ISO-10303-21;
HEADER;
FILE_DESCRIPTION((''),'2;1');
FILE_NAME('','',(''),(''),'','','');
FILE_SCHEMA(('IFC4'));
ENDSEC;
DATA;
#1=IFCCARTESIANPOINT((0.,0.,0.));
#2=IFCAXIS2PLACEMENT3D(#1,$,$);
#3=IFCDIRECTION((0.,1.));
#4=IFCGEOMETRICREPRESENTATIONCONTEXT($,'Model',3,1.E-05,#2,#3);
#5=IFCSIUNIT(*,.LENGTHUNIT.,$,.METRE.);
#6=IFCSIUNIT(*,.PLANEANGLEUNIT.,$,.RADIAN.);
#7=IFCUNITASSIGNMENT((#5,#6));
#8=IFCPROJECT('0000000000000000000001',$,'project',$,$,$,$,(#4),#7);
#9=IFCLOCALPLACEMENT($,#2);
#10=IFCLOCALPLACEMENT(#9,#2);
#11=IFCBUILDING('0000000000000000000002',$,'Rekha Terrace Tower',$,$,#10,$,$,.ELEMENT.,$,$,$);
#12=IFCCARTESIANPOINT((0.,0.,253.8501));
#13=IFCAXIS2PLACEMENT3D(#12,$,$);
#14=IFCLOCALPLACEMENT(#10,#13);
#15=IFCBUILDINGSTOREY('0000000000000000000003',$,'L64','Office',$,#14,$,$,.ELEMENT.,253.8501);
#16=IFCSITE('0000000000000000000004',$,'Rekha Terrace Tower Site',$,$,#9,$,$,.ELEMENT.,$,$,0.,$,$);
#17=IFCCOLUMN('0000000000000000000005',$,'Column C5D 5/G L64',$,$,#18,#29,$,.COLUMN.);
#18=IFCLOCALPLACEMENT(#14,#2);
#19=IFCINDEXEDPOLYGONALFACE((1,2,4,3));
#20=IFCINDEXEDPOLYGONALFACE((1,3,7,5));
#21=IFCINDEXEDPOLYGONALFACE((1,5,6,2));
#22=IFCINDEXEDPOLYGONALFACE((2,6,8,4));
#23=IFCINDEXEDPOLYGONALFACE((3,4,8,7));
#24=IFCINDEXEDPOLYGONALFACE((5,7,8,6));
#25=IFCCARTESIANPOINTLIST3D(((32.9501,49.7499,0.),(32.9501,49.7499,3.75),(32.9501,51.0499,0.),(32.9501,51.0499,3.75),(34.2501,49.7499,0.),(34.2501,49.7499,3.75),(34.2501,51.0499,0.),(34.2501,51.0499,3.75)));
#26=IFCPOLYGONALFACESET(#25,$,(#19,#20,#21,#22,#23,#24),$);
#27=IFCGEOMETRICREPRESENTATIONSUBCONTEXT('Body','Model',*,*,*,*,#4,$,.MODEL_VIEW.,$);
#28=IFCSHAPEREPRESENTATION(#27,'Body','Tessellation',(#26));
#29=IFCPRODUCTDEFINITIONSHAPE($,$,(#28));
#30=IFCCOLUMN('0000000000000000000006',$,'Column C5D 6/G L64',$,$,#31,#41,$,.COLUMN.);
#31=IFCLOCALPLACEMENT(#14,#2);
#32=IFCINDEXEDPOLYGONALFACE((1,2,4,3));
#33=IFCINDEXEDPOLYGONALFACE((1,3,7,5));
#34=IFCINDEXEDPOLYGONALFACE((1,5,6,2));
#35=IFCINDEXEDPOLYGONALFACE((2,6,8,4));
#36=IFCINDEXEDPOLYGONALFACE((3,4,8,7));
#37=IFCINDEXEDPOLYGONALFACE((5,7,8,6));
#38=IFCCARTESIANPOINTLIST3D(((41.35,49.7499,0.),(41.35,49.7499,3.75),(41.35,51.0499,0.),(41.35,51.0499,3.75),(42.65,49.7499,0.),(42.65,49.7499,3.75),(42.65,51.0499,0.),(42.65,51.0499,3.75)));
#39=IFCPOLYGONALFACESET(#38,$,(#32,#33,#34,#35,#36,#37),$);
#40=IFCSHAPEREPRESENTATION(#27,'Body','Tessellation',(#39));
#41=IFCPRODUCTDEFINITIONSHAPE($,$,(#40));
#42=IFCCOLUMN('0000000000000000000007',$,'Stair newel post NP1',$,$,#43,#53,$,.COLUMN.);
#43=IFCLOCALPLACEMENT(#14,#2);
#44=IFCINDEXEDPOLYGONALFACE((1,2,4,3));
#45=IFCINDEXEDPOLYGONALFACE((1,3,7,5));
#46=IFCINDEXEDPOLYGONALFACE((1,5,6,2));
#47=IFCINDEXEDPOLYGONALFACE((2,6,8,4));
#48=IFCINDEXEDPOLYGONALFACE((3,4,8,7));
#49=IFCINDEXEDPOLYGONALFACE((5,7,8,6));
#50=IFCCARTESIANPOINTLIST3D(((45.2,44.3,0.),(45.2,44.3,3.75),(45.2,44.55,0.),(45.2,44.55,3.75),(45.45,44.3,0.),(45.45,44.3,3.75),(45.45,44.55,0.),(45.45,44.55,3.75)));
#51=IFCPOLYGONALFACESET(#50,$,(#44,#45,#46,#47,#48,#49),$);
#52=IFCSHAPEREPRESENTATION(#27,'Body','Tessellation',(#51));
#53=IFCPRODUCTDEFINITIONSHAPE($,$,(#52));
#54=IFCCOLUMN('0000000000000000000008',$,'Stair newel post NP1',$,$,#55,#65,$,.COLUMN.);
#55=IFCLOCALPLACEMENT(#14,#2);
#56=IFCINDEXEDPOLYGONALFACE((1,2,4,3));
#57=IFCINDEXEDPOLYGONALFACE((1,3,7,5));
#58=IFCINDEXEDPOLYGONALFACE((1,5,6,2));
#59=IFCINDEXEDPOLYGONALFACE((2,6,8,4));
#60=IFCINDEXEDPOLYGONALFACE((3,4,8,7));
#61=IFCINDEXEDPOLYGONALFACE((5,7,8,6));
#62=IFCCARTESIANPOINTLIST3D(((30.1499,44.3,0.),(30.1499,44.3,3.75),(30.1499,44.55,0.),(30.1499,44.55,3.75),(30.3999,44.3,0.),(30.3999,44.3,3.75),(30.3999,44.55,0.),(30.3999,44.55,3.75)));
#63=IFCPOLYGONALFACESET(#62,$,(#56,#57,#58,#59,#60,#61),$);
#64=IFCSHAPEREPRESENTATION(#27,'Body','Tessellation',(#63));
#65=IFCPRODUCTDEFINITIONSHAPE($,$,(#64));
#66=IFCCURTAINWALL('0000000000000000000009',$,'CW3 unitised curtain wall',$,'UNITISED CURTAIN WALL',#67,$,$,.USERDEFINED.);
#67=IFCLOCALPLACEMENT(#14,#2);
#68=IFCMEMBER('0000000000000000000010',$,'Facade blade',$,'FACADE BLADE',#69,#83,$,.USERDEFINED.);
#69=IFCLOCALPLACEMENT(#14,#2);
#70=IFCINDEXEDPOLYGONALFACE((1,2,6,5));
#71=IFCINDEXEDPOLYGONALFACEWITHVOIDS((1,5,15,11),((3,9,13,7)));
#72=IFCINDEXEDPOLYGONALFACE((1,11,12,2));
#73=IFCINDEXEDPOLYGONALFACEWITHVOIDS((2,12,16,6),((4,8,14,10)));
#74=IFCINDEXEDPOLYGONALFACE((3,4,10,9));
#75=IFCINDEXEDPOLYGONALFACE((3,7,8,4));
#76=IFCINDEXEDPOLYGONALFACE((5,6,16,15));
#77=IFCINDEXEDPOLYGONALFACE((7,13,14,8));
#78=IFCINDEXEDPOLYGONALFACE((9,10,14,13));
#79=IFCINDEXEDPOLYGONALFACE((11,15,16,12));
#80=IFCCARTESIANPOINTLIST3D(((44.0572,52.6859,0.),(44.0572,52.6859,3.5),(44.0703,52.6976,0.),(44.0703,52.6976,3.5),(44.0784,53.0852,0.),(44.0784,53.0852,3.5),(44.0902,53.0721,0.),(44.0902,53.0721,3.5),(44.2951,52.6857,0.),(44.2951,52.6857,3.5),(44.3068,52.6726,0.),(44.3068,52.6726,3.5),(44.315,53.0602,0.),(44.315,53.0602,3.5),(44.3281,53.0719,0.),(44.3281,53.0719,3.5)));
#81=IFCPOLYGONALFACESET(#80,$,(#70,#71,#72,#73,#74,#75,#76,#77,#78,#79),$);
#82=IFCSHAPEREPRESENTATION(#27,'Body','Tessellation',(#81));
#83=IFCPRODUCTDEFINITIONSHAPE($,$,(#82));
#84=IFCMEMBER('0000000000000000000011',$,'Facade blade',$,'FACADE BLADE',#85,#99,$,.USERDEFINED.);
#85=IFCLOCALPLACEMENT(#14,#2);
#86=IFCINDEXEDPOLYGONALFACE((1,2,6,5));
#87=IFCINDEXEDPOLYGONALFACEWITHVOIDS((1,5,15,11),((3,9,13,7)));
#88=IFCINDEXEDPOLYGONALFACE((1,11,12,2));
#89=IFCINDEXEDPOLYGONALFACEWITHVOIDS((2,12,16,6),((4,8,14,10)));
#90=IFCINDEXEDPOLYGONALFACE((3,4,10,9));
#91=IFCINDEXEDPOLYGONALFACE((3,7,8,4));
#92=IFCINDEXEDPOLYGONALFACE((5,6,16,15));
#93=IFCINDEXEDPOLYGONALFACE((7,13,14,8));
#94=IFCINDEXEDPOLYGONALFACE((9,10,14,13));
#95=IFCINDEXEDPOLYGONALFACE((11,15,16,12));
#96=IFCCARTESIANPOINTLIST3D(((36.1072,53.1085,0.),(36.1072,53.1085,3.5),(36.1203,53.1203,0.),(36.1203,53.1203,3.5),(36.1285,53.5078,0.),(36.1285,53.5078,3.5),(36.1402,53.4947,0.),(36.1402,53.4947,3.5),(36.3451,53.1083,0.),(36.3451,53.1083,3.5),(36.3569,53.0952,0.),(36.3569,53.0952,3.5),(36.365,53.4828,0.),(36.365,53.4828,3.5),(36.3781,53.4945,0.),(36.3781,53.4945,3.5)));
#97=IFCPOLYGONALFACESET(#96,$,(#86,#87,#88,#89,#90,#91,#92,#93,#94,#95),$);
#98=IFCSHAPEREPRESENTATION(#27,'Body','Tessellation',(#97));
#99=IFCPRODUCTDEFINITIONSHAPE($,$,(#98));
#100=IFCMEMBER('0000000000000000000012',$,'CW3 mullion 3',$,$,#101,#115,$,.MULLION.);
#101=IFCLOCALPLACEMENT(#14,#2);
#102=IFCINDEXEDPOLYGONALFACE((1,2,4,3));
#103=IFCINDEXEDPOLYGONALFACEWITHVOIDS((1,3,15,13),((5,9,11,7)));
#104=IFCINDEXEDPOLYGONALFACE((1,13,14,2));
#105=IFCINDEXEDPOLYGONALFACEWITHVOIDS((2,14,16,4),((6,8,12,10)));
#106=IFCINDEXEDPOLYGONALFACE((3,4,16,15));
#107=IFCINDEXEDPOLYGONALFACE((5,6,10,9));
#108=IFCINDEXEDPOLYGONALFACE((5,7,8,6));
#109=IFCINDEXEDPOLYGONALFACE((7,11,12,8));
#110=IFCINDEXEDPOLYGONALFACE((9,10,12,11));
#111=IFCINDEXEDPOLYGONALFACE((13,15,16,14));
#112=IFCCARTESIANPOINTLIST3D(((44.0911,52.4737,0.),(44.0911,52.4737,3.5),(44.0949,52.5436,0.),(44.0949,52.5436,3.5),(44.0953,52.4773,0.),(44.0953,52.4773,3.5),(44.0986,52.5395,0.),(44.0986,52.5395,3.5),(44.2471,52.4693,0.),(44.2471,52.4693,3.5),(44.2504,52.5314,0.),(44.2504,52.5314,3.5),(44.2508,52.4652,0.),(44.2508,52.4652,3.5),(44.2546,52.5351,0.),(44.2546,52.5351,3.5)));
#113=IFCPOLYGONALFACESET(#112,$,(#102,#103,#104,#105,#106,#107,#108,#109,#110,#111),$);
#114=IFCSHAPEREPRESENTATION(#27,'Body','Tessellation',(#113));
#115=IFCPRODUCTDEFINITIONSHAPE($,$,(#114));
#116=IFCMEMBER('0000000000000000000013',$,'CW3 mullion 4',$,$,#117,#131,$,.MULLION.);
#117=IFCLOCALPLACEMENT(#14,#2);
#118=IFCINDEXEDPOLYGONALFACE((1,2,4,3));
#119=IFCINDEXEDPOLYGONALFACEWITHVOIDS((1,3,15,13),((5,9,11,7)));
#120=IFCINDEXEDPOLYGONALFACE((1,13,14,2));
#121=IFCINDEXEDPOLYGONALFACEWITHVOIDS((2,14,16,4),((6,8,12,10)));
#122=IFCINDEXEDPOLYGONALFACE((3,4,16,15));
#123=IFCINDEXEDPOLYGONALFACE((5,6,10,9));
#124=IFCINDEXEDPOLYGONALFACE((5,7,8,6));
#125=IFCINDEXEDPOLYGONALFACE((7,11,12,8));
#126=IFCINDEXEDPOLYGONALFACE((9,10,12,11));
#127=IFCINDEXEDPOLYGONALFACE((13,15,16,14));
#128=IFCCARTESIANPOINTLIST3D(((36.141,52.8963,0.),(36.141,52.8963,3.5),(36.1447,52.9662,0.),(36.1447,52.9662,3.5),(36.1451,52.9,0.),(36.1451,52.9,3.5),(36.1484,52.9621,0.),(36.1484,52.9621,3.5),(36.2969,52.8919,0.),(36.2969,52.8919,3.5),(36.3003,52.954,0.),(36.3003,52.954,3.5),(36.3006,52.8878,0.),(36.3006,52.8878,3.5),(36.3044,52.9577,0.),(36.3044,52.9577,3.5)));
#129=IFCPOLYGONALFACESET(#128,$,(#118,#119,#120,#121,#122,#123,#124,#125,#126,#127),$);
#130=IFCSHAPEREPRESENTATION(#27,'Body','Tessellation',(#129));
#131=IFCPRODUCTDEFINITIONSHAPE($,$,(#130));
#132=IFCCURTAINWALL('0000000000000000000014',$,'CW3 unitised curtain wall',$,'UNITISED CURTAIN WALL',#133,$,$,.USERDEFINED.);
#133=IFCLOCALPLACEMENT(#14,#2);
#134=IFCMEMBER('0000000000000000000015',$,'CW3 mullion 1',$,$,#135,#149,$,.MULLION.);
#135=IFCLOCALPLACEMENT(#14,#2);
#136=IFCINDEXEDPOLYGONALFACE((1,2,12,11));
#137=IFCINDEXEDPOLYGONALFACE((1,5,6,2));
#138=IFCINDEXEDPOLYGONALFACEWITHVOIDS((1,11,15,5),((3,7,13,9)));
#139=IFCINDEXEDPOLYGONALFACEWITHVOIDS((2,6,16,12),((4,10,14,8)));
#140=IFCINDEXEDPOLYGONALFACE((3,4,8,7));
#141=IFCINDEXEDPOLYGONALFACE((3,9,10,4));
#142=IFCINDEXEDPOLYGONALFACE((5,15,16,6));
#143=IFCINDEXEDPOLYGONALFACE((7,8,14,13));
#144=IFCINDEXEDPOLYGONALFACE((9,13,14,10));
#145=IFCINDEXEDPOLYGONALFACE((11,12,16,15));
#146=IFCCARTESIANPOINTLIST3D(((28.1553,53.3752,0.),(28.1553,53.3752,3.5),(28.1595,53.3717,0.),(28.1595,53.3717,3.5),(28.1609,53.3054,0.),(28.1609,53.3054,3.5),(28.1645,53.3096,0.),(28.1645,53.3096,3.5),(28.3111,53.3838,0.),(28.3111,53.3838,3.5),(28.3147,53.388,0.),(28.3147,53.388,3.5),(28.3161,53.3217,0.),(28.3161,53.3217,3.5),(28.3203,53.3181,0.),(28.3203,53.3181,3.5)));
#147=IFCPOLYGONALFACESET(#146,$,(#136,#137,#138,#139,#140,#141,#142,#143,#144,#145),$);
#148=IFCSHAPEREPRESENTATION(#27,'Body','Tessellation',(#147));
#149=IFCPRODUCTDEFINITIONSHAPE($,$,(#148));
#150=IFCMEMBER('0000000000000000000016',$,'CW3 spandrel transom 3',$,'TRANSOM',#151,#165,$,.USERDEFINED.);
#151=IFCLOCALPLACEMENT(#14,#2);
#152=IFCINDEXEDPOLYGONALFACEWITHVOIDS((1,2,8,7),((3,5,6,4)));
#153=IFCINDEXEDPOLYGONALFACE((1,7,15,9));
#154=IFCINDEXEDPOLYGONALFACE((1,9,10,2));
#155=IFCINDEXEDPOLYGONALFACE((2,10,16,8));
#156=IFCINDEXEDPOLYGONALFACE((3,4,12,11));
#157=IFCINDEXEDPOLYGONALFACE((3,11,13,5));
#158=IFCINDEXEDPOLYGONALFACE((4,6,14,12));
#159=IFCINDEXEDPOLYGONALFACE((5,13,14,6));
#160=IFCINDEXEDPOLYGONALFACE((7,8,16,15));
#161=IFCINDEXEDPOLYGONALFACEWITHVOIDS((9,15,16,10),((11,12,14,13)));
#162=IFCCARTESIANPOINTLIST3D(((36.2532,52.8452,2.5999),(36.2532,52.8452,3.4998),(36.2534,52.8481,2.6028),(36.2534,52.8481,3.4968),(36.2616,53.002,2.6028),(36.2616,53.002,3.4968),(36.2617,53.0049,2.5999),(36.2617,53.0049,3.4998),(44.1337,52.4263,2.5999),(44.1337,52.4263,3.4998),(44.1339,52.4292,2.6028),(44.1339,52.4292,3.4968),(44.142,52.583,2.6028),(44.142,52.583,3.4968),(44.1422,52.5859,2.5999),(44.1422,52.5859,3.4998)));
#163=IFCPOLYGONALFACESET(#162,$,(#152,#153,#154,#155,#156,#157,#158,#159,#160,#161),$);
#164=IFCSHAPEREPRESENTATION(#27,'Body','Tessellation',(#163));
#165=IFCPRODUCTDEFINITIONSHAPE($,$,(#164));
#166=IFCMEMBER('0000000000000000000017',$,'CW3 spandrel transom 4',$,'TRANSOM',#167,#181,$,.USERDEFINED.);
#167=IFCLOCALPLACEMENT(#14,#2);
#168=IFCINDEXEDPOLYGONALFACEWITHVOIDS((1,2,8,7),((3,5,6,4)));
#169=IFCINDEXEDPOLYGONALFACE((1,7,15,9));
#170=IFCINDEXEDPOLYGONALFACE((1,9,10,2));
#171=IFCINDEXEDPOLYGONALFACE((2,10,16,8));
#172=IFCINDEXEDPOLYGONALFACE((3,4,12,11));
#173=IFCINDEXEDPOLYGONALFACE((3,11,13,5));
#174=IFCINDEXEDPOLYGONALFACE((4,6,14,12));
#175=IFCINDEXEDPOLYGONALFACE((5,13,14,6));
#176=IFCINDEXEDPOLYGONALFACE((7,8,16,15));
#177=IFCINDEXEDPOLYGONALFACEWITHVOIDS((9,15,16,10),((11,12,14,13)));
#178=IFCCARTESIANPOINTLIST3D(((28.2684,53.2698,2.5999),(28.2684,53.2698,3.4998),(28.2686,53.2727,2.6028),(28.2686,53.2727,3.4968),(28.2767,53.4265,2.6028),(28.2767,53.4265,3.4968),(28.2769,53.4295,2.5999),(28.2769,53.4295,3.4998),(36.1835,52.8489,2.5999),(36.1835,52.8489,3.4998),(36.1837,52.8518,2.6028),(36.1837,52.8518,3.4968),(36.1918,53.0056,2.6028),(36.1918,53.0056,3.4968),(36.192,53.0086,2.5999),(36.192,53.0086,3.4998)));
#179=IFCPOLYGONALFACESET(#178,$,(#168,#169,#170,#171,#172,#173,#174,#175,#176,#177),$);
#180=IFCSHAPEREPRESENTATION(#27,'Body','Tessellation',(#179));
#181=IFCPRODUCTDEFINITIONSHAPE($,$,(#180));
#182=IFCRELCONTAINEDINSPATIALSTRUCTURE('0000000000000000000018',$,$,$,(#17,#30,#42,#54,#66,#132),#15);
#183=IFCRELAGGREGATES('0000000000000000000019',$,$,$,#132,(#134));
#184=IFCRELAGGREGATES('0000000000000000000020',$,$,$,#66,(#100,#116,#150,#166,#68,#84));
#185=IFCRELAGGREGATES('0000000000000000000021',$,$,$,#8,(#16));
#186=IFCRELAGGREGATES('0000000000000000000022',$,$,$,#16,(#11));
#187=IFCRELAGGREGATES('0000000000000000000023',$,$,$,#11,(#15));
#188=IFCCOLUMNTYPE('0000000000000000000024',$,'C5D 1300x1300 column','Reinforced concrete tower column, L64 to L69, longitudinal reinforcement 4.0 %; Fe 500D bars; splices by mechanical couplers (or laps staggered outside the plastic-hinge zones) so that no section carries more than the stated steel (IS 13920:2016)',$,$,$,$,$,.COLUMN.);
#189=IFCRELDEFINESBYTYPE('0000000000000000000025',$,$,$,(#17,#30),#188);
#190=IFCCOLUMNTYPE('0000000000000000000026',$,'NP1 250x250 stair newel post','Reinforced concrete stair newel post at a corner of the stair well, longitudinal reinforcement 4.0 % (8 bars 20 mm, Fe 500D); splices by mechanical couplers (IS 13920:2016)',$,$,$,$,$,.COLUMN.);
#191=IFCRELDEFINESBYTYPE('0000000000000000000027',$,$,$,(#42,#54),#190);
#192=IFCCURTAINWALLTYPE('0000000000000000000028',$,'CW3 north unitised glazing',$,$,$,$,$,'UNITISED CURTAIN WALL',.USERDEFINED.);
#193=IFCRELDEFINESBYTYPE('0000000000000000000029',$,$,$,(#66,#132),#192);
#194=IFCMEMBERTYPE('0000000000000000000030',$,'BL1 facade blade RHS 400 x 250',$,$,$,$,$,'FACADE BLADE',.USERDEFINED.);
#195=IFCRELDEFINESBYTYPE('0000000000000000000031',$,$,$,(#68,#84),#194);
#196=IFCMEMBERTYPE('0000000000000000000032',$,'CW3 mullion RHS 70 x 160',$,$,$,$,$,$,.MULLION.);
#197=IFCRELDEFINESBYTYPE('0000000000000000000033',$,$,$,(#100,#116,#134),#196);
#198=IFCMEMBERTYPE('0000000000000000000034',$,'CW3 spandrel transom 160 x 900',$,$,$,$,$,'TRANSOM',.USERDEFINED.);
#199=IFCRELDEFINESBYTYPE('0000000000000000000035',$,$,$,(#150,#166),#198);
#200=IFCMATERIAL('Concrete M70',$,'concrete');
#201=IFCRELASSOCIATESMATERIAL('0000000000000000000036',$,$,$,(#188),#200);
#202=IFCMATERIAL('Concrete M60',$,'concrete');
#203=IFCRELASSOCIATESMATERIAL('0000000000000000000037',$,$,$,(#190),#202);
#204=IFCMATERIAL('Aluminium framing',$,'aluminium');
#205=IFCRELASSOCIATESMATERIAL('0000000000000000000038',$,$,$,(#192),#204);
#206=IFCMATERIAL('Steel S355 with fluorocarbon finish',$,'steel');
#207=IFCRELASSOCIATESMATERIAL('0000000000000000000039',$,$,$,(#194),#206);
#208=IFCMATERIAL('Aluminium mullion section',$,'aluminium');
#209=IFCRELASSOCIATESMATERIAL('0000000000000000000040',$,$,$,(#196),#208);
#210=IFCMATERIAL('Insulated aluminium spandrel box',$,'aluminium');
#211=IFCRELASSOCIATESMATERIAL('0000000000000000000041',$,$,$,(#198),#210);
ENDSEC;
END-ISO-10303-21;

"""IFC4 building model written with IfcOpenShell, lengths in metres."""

from ifc_helpers import new_model, si_unit, direction, frame, origin, origin_2d, place, context, subcontext, project, spatial, rectangle, hollow_rectangle, extrude, material, material_profile, profile_set, type_object, element, aggregate, save


model = new_model("IFC4")

# Units and contexts
model_context = context("Model", 3, precision=1e-05, world=origin(), true_north=direction((0.0, 1.0)))
body_context = subcontext(model_context, "Body", "Model", "MODEL_VIEW")
ifc_project = project(units=[si_unit("LENGTHUNIT", "METRE"), si_unit("PLANEANGLEUNIT", "RADIAN")], contexts=[model_context])

# Site, building, storey
site_placement = place(None, origin())
site = spatial("IfcSite", under=ifc_project, at=site_placement, Name="Rekha Terrace Tower Site", CompositionType="ELEMENT", RefElevation=0.0)
building_placement = place(site_placement, origin())
building = spatial("IfcBuilding", under=site, at=building_placement, Name="Rekha Terrace Tower", CompositionType="ELEMENT")
storey_placement = place(building_placement, frame((0.0, 0.0, 253.8501)))
storey = spatial("IfcBuildingStorey", under=building, at=storey_placement, Name="L64", Description="Office", CompositionType="ELEMENT", Elevation=253.8501)

# Columns
ifc_material_1 = material(Name="Concrete M70", Category="concrete")
ifc_material_profile_1 = material_profile(ifc_material_1, rectangle(XDim=1.3, YDim=1.3, at=origin_2d()), Name="RC 1300x1300")
ifc_profile_set_1 = profile_set([ifc_material_profile_1], Name="Concrete M70")
column_type_1 = type_object("IfcColumnType", Name="C5D 1300x1300 column", Description="Reinforced concrete tower column, L64 to L69, longitudinal reinforcement 4.0 %; Fe 500D bars; splices by mechanical couplers (or laps staggered outside the plastic-hinge zones) so that no section carries more than the stated steel (IS 13920:2016)", PredefinedType="COLUMN", material=ifc_profile_set_1)
for number, where, z_axis, x_axis, name in (
    (1, (33.6001, 50.3999, 0.0), (0.0, 0.0, 1.0), (1.0, 0.0, 0.0), "Column C5D 5/G L64"),
    (2, (42.0, 50.3999, 0.0), (0.0, 0.0, 1.0), (1.0, 0.0, 0.0), "Column C5D 6/G L64"),
):
    element("IfcColumn", number, at=place(storey_placement, frame(where, z_axis=z_axis, x_axis=x_axis)), inside=storey, type_object=column_type_1, Name=name, PredefinedType="COLUMN", context=body_context, shape_type="SweptSolid", body=[
        extrude(rectangle(XDim=1.3, YDim=1.3, at=origin_2d()), origin(), (0.0, 0.0, 1.0), 3.75),
    ])
ifc_material_2 = material(Name="Concrete M60", Category="concrete")
ifc_material_profile_2 = material_profile(ifc_material_2, rectangle(XDim=0.25, YDim=0.25, at=origin_2d()), Name="RC 250x250")
ifc_profile_set_2 = profile_set([ifc_material_profile_2], Name="Concrete M60")
column_type_2 = type_object("IfcColumnType", Name="NP1 250x250 stair newel post", Description="Reinforced concrete stair newel post at a corner of the stair well, longitudinal reinforcement 4.0 % (8 bars 20 mm, Fe 500D); splices by mechanical couplers (IS 13920:2016)", PredefinedType="COLUMN", material=ifc_profile_set_2)
for number, where, z_axis, x_axis, name in (
    (3, (45.325, 44.425, 0.0), (0.0, 0.0, 1.0), (1.0, 0.0, 0.0), "Stair newel post NP1"),
    (4, (30.2749, 44.425, 0.0), (0.0, 0.0, 1.0), (1.0, 0.0, 0.0), "Stair newel post NP1"),
):
    element("IfcColumn", number, at=place(storey_placement, frame(where, z_axis=z_axis, x_axis=x_axis)), inside=storey, type_object=column_type_2, Name=name, PredefinedType="COLUMN", context=body_context, shape_type="SweptSolid", body=[
        extrude(rectangle(XDim=0.25, YDim=0.25, at=origin_2d()), origin(), (0.0, 0.0, 1.0), 3.75),
    ])

# Curtain wall, members
ifc_material_3 = material(Name="Aluminium framing", Category="aluminium")
curtain_wall_type = type_object("IfcCurtainWallType", Name="CW3 north unitised glazing", ElementType="UNITISED CURTAIN WALL", PredefinedType="USERDEFINED", material=ifc_material_3)
curtain_wall_1_placement = place(storey_placement, origin())
curtain_wall_1 = element("IfcCurtainWall", 5, at=curtain_wall_1_placement, inside=storey, type_object=curtain_wall_type, Name="CW3 unitised curtain wall", ObjectType="UNITISED CURTAIN WALL", PredefinedType="USERDEFINED")
ifc_material_4 = material(Name="Steel S355 with fluorocarbon finish", Category="steel")
ifc_material_profile_3 = material_profile(ifc_material_4, hollow_rectangle(XDim=0.25, YDim=0.3999, WallThickness=0.0125, at=origin_2d()), Name="RHS400x250x12.5")
ifc_profile_set_3 = profile_set([ifc_material_profile_3], Name="Steel S355 with fluorocarbon finish")
member_type_1 = type_object("IfcMemberType", Name="BL1 facade blade RHS 400 x 250", ElementType="FACADE BLADE", PredefinedType="USERDEFINED", material=ifc_profile_set_3)
member_1_placement = place(storey_placement, frame((44.1926, 52.8789, 0.0), z_axis=(0.0, 0.0, 1.0), x_axis=(-0.99859, 0.053084, 0.0)))
member_1 = element("IfcMember", 6, at=member_1_placement, type_object=member_type_1, Name="Facade blade", ObjectType="FACADE BLADE", PredefinedType="USERDEFINED", context=body_context, shape_type="SweptSolid", body=[
    extrude(hollow_rectangle(XDim=0.25, YDim=0.3999, WallThickness=0.0125, at=origin_2d()), origin(), (0.0, 0.0, 1.0), 3.5),
])
member_2_placement = place(storey_placement, frame((36.2427, 53.3015, 0.0), z_axis=(0.0, 0.0, 1.0), x_axis=(-0.99859, 0.053084, 0.0)))
member_2 = element("IfcMember", 7, at=member_2_placement, type_object=member_type_1, Name="Facade blade", ObjectType="FACADE BLADE", PredefinedType="USERDEFINED", context=body_context, shape_type="SweptSolid", body=[
    extrude(hollow_rectangle(XDim=0.25, YDim=0.3999, WallThickness=0.0125, at=origin_2d()), origin(), (0.0, 0.0, 1.0), 3.5),
])
ifc_material_5 = material(Name="Aluminium mullion section", Category="aluminium")
ifc_material_profile_4 = material_profile(ifc_material_5, hollow_rectangle(XDim=0.0701, YDim=0.1599, WallThickness=0.0039, at=origin_2d()), Name="AL RHS 70x160")
ifc_profile_set_4 = profile_set([ifc_material_profile_4], Name="Aluminium mullion section")
member_type_2 = type_object("IfcMemberType", Name="CW3 mullion RHS 70 x 160", PredefinedType="MULLION", material=ifc_profile_set_4)
member_3_placement = place(storey_placement, frame((44.1729, 52.5044, 0.0), z_axis=(0.0, 0.0, 1.0), x_axis=(-0.053083, -0.99859, 0.0)))
member_3 = element("IfcMember", 8, at=member_3_placement, type_object=member_type_2, Name="CW3 mullion 3", PredefinedType="MULLION", context=body_context, shape_type="SweptSolid", body=[
    extrude(hollow_rectangle(XDim=0.0701, YDim=0.1599, WallThickness=0.0039, at=origin_2d()), origin(), (0.0, 0.0, 1.0), 3.5),
])
member_4_placement = place(storey_placement, frame((36.2227, 52.927, 0.0), z_axis=(0.0, 0.0, 1.0), x_axis=(-0.053083, -0.99859, 0.0)))
member_4 = element("IfcMember", 9, at=member_4_placement, type_object=member_type_2, Name="CW3 mullion 4", PredefinedType="MULLION", context=body_context, shape_type="SweptSolid", body=[
    extrude(hollow_rectangle(XDim=0.0701, YDim=0.1599, WallThickness=0.0039, at=origin_2d()), origin(), (0.0, 0.0, 1.0), 3.5),
])

# Curtain wall, member
curtain_wall_2_placement = place(storey_placement, origin())
curtain_wall_2 = element("IfcCurtainWall", 10, at=curtain_wall_2_placement, inside=storey, type_object=curtain_wall_type, Name="CW3 unitised curtain wall", ObjectType="UNITISED CURTAIN WALL", PredefinedType="USERDEFINED")
member_5_placement = place(storey_placement, frame((28.2378, 53.3467, 0.0), z_axis=(0.0, 0.0, 1.0), x_axis=(0.079485, -0.996836, 0.0)))
member_5 = element("IfcMember", 11, at=member_5_placement, type_object=member_type_2, Name="CW3 mullion 1", PredefinedType="MULLION", context=body_context, shape_type="SweptSolid", body=[
    extrude(hollow_rectangle(XDim=0.0701, YDim=0.1599, WallThickness=0.0039, at=origin_2d()), origin(), (0.0, 0.0, 1.0), 3.5),
])

# Members
ifc_material_6 = material(Name="Insulated aluminium spandrel box", Category="aluminium")
ifc_material_profile_5 = material_profile(ifc_material_6, hollow_rectangle(XDim=0.1599, YDim=0.8999, WallThickness=0.0029, at=origin_2d()), Name="AL SPANDREL BOX 160x900")
ifc_profile_set_5 = profile_set([ifc_material_profile_5], Name="Insulated aluminium spandrel box")
member_type_3 = type_object("IfcMemberType", Name="CW3 spandrel transom 160 x 900", ElementType="TRANSOM", PredefinedType="USERDEFINED", material=ifc_profile_set_5)
member_6_placement = place(storey_placement, frame((44.1379, 52.5061, 3.0498), z_axis=(-0.99859, 0.053088, 0.0), x_axis=(-0.053088, -0.99859, 0.0)))
member_6 = element("IfcMember", 12, at=member_6_placement, type_object=member_type_3, Name="CW3 spandrel transom 3", ObjectType="TRANSOM", PredefinedType="USERDEFINED", context=body_context, shape_type="SweptSolid", body=[
    extrude(hollow_rectangle(XDim=0.1599, YDim=0.8999, WallThickness=0.0029, at=origin_2d()), origin(), (0.0, 0.0, 1.0), 7.8916),
])
member_7_placement = place(storey_placement, frame((36.1877, 52.9287, 3.0498), z_axis=(-0.998589, 0.053102, 0.0), x_axis=(-0.053102, -0.998589, 0.0)))
member_7 = element("IfcMember", 13, at=member_7_placement, type_object=member_type_3, Name="CW3 spandrel transom 4", ObjectType="TRANSOM", PredefinedType="USERDEFINED", context=body_context, shape_type="SweptSolid", body=[
    extrude(hollow_rectangle(XDim=0.1599, YDim=0.8999, WallThickness=0.0029, at=origin_2d()), origin(), (0.0, 0.0, 1.0), 7.9263),
])
aggregate(curtain_wall_2, [member_5])

aggregate(curtain_wall_1, [member_3, member_4, member_6, member_7, member_1, member_2])

save(model, "model.ifc")
